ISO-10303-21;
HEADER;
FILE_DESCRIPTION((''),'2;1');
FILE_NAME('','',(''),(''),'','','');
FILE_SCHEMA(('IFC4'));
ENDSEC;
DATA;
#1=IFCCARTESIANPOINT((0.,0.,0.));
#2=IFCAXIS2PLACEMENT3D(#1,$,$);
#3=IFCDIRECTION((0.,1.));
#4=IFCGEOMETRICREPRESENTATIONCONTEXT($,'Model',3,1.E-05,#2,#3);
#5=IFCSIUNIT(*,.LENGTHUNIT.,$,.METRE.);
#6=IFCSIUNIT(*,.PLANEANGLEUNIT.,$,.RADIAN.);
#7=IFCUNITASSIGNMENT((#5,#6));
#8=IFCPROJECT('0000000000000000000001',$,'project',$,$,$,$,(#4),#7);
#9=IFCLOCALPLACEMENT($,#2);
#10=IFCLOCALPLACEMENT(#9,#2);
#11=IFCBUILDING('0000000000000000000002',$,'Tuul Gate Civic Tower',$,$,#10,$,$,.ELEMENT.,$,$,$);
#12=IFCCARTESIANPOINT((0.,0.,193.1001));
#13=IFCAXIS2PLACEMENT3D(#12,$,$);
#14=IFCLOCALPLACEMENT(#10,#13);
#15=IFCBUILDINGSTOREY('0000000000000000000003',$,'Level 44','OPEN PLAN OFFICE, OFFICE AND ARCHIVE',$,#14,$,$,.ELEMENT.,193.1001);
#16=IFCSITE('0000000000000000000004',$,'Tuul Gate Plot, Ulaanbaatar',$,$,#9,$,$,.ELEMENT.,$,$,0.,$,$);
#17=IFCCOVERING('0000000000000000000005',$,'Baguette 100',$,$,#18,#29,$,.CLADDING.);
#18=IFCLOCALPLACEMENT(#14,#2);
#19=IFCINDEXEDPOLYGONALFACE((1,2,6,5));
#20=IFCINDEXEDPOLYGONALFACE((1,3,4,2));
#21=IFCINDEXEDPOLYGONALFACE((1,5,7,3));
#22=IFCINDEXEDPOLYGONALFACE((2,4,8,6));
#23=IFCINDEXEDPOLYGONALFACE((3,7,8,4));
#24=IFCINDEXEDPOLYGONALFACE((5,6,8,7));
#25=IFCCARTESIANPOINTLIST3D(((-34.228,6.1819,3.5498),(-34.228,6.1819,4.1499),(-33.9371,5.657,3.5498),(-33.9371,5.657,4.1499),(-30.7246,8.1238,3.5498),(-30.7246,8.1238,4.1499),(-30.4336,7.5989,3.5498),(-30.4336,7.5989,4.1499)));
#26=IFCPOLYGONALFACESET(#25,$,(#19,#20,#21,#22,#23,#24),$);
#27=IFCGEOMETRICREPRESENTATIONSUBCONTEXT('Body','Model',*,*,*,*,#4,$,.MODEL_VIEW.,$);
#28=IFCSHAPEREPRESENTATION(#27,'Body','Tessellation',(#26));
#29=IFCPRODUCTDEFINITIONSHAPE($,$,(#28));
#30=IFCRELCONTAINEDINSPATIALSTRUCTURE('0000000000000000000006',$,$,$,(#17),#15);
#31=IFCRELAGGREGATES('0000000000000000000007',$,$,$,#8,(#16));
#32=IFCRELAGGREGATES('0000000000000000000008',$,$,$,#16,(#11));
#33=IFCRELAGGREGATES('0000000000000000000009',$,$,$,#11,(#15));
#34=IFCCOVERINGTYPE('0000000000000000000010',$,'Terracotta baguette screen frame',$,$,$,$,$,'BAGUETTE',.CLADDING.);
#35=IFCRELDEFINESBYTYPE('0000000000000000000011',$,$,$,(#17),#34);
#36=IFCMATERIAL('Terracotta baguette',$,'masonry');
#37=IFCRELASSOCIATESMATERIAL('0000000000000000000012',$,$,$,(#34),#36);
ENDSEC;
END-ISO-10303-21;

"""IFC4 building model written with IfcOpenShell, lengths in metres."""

from ifc_helpers import new_model, si_unit, direction, frame, origin, origin_2d, place, context, subcontext, project, spatial, rectangle, extrude, material, material_profile, profile_set, type_object, element, save


model = new_model("IFC4")

# Units and contexts
model_context = context("Model", 3, precision=1e-05, world=origin(), true_north=direction((0.0, 1.0)))
body_context = subcontext(model_context, "Body", "Model", "MODEL_VIEW")
ifc_project = project(units=[si_unit("LENGTHUNIT", "METRE"), si_unit("PLANEANGLEUNIT", "RADIAN")], contexts=[model_context])

# Site, building, storey
site_placement = place(None, origin())
site = spatial("IfcSite", under=ifc_project, at=site_placement, Name="Tuul Gate Plot, Ulaanbaatar", CompositionType="ELEMENT", RefElevation=0.0)
building_placement = place(site_placement, origin())
building = spatial("IfcBuilding", under=site, at=building_placement, Name="Tuul Gate Civic Tower", CompositionType="ELEMENT")
storey_placement = place(building_placement, frame((0.0, 0.0, 193.1001)))
storey = spatial("IfcBuildingStorey", under=building, at=storey_placement, Name="Level 44", Description="OPEN PLAN OFFICE, OFFICE AND ARCHIVE", CompositionType="ELEMENT", Elevation=193.1001)

# Covering
ifc_material_1 = material(Name="Terracotta baguette", Category="masonry")
ifc_material_profile_1 = material_profile(ifc_material_1, rectangle(XDim=0.6001, YDim=0.6001, at=origin_2d()), Name="Terracotta baguette screen frame")
ifc_profile_set_1 = profile_set([ifc_material_profile_1], Name="Terracotta baguette")
covering_type = type_object("IfcCoveringType", Name="Terracotta baguette screen frame", ElementType="BAGUETTE", PredefinedType="CLADDING", material=ifc_profile_set_1)
covering_1_placement = place(storey_placement, frame((-30.5791, 7.8613, 3.8499), z_axis=(-0.874628, -0.484794, 0.0), x_axis=(0.484794, -0.874628, 0.0)))
element("IfcCovering", 1, at=covering_1_placement, inside=storey, type_object=covering_type, Name="Baguette 100", PredefinedType="CLADDING", context=body_context, shape_type="SweptSolid", body=[
    extrude(rectangle(XDim=0.6001, YDim=0.6001, at=origin_2d()), origin(), (0.0, 0.0, 1.0), 4.0056),
])

save(model, "model.ifc")
